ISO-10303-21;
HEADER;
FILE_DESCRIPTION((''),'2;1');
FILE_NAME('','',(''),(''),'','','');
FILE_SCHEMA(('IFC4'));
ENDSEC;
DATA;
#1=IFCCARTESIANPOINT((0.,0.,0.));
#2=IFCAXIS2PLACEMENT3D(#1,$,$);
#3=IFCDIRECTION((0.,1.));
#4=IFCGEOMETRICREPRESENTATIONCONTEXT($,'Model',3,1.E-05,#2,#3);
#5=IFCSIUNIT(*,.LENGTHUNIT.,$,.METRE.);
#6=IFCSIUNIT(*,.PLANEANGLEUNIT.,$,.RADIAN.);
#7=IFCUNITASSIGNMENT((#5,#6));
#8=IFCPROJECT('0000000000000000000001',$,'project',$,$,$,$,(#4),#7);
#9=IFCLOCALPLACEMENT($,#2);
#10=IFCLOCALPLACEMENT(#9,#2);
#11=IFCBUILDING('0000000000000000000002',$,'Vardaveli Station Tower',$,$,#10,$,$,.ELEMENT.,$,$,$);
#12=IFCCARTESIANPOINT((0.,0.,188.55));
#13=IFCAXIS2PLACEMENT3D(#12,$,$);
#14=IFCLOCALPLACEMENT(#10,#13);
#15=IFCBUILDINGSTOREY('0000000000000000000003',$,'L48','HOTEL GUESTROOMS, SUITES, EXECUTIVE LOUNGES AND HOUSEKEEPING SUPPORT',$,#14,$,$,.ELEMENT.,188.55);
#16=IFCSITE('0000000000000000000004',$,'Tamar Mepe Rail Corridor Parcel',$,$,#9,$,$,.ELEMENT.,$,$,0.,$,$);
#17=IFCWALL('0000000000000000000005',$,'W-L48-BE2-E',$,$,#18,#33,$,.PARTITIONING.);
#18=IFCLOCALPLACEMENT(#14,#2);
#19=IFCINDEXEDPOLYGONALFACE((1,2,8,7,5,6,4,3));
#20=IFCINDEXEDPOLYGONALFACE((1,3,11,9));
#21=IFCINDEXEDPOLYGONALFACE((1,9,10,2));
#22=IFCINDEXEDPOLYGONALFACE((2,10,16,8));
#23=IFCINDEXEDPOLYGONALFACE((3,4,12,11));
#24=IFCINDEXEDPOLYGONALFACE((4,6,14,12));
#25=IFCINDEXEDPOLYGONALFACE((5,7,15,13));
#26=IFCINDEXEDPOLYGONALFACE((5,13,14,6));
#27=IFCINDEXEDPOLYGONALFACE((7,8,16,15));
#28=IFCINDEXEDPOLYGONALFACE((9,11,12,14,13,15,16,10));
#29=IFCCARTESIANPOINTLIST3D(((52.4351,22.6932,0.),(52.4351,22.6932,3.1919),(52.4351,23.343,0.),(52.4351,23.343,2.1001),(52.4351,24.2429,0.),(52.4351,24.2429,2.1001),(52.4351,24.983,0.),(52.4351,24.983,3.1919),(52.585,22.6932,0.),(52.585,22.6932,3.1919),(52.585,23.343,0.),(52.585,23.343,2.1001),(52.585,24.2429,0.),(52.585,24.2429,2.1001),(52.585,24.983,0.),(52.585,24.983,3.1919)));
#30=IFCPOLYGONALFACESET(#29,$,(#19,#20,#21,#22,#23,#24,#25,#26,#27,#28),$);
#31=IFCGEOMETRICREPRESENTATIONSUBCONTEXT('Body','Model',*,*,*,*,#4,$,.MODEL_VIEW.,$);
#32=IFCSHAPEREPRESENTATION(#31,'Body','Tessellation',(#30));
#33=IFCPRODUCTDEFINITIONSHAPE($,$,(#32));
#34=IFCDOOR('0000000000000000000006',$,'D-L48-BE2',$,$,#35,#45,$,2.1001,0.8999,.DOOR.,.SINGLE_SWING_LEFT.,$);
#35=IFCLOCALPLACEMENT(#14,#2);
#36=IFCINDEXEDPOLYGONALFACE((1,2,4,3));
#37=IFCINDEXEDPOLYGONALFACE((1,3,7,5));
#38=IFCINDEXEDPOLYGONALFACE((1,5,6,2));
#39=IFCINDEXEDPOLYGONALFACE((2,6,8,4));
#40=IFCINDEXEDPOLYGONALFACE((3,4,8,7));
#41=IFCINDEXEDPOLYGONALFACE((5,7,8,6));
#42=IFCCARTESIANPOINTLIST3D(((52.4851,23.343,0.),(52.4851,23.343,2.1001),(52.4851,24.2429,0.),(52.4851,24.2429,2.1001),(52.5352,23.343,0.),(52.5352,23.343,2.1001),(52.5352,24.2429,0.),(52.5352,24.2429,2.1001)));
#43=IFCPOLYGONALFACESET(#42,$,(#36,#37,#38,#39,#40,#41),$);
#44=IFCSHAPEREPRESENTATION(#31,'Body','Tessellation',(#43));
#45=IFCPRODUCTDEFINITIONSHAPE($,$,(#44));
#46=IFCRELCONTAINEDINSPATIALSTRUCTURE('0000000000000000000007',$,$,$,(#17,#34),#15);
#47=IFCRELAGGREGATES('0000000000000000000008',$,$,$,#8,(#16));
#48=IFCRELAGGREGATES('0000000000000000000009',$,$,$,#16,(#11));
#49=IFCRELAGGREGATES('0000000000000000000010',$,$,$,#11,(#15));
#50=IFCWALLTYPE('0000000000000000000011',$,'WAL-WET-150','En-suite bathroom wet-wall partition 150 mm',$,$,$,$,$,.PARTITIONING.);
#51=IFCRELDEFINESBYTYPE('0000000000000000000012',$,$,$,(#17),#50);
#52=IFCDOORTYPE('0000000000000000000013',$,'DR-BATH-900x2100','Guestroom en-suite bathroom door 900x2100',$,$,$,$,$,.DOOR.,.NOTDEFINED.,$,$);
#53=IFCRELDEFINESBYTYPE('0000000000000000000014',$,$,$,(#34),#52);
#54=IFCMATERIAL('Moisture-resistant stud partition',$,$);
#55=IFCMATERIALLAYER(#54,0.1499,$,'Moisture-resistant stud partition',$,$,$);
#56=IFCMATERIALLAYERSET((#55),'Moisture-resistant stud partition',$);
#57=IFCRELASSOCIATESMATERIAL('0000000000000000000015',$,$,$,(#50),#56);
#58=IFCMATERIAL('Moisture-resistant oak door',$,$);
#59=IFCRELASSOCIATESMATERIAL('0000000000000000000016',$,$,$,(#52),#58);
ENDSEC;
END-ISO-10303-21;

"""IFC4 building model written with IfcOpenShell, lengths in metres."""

from ifc_helpers import new_model, si_unit, direction, frame, frame_2d, origin, place, context, subcontext, project, spatial, rectangle, extrude, source, transform, mapped, material, layer, layer_set, type_object, element, fill, save


model = new_model("IFC4")

# Units and contexts
model_context = context("Model", 3, precision=1e-05, world=origin(), true_north=direction((0.0, 1.0)))
body_context = subcontext(model_context, "Body", "Model", "MODEL_VIEW")
ifc_project = project(units=[si_unit("LENGTHUNIT", "METRE"), si_unit("PLANEANGLEUNIT", "RADIAN")], contexts=[model_context])

# Site, building, storey
site_placement = place(None, origin())
site = spatial("IfcSite", under=ifc_project, at=site_placement, Name="Tamar Mepe Rail Corridor Parcel", CompositionType="ELEMENT", RefElevation=0.0)
building_placement = place(site_placement, origin())
building = spatial("IfcBuilding", under=site, at=building_placement, Name="Vardaveli Station Tower", CompositionType="ELEMENT")
storey_placement = place(building_placement, frame((0.0, 0.0, 188.55)))
storey = spatial("IfcBuildingStorey", under=building, at=storey_placement, Name="L48", Description="HOTEL GUESTROOMS, SUITES, EXECUTIVE LOUNGES AND HOUSEKEEPING SUPPORT", CompositionType="ELEMENT", Elevation=188.55)

# Shared definitions
ifc_material_1 = material(Name="Moisture-resistant stud partition")
ifc_layer_1 = layer(ifc_material_1, 0.1499, Name="Moisture-resistant stud partition")
ifc_layer_set_1 = layer_set([ifc_layer_1], Name="Moisture-resistant stud partition")
wall_type_1 = type_object("IfcWallType", Name="WAL-WET-150", Description="En-suite bathroom wet-wall partition 150 mm", PredefinedType="PARTITIONING", material=ifc_layer_set_1)

# Wall, opening, door
shared_shape_1 = source(origin(), body_context, "Body", "SweptSolid", [
    extrude(rectangle(XDim=2.2898, YDim=0.1499, at=frame_2d((1.145, 0.0))), origin(), (0.0, 0.0, 1.0), 3.1919),
])
wall_1_placement = place(storey_placement, frame((52.51, 22.6931, 0.0), z_axis=(0.0, 0.0, 1.0), x_axis=(0.0, 1.0, 0.0)))
wall_1 = element("IfcWall", 1, at=wall_1_placement, inside=storey, type_object=wall_type_1, Name="W-L48-BE2-E", PredefinedType="PARTITIONING", context=body_context, shape_type="MappedRepresentation", body=[
    mapped(shared_shape_1, transform((0.0, 0.0, 0.0), scale=1.0)),
])
shared_shape_2 = source(origin(), body_context, "Body", "SweptSolid", [
    extrude(rectangle(XDim=0.8999, YDim=2.1001, at=frame_2d((0.45, 1.05))), frame((0.0, 0.085, 0.0), z_axis=(0.0, -1.0, 0.0), x_axis=(1.0, 0.0, 0.0)), (0.0, 0.0, 1.0), 0.1699),
])
opening_placement = place(wall_1_placement, frame((0.6499, 0.0, 0.0)))
opening = element("IfcOpeningElement", 2, at=opening_placement, cuts=wall_1, PredefinedType="OPENING", context=body_context, shape_type="MappedRepresentation", body=[
    mapped(shared_shape_2, transform((0.0, 0.0, 0.0), scale=1.0)),
])
ifc_material_2 = material(Name="Moisture-resistant oak door")
door_type = type_object("IfcDoorType", Name="DR-BATH-900x2100", Description="Guestroom en-suite bathroom door 900x2100", OperationType="NOTDEFINED", PredefinedType="DOOR", material=ifc_material_2)
shared_shape_3 = source(origin(), body_context, "Body", "SweptSolid", [
    extrude(rectangle(XDim=0.8999, YDim=2.1001, at=frame_2d((0.45, 1.05))), frame((0.0, 0.0249, 0.0), z_axis=(0.0, -1.0, 0.0), x_axis=(1.0, 0.0, 0.0)), (0.0, 0.0, 1.0), 0.05),
])
door_placement = place(opening_placement, origin())
door = element("IfcDoor", 3, at=door_placement, inside=storey, type_object=door_type, Name="D-L48-BE2", OperationType="SINGLE_SWING_LEFT", OverallHeight=2.1001, OverallWidth=0.8999, PredefinedType="DOOR", context=body_context, shape_type="MappedRepresentation", body=[
    mapped(shared_shape_3, transform((0.0, 0.0, 0.0), scale=1.0)),
])
fill(opening, door)

save(model, "model.ifc")
